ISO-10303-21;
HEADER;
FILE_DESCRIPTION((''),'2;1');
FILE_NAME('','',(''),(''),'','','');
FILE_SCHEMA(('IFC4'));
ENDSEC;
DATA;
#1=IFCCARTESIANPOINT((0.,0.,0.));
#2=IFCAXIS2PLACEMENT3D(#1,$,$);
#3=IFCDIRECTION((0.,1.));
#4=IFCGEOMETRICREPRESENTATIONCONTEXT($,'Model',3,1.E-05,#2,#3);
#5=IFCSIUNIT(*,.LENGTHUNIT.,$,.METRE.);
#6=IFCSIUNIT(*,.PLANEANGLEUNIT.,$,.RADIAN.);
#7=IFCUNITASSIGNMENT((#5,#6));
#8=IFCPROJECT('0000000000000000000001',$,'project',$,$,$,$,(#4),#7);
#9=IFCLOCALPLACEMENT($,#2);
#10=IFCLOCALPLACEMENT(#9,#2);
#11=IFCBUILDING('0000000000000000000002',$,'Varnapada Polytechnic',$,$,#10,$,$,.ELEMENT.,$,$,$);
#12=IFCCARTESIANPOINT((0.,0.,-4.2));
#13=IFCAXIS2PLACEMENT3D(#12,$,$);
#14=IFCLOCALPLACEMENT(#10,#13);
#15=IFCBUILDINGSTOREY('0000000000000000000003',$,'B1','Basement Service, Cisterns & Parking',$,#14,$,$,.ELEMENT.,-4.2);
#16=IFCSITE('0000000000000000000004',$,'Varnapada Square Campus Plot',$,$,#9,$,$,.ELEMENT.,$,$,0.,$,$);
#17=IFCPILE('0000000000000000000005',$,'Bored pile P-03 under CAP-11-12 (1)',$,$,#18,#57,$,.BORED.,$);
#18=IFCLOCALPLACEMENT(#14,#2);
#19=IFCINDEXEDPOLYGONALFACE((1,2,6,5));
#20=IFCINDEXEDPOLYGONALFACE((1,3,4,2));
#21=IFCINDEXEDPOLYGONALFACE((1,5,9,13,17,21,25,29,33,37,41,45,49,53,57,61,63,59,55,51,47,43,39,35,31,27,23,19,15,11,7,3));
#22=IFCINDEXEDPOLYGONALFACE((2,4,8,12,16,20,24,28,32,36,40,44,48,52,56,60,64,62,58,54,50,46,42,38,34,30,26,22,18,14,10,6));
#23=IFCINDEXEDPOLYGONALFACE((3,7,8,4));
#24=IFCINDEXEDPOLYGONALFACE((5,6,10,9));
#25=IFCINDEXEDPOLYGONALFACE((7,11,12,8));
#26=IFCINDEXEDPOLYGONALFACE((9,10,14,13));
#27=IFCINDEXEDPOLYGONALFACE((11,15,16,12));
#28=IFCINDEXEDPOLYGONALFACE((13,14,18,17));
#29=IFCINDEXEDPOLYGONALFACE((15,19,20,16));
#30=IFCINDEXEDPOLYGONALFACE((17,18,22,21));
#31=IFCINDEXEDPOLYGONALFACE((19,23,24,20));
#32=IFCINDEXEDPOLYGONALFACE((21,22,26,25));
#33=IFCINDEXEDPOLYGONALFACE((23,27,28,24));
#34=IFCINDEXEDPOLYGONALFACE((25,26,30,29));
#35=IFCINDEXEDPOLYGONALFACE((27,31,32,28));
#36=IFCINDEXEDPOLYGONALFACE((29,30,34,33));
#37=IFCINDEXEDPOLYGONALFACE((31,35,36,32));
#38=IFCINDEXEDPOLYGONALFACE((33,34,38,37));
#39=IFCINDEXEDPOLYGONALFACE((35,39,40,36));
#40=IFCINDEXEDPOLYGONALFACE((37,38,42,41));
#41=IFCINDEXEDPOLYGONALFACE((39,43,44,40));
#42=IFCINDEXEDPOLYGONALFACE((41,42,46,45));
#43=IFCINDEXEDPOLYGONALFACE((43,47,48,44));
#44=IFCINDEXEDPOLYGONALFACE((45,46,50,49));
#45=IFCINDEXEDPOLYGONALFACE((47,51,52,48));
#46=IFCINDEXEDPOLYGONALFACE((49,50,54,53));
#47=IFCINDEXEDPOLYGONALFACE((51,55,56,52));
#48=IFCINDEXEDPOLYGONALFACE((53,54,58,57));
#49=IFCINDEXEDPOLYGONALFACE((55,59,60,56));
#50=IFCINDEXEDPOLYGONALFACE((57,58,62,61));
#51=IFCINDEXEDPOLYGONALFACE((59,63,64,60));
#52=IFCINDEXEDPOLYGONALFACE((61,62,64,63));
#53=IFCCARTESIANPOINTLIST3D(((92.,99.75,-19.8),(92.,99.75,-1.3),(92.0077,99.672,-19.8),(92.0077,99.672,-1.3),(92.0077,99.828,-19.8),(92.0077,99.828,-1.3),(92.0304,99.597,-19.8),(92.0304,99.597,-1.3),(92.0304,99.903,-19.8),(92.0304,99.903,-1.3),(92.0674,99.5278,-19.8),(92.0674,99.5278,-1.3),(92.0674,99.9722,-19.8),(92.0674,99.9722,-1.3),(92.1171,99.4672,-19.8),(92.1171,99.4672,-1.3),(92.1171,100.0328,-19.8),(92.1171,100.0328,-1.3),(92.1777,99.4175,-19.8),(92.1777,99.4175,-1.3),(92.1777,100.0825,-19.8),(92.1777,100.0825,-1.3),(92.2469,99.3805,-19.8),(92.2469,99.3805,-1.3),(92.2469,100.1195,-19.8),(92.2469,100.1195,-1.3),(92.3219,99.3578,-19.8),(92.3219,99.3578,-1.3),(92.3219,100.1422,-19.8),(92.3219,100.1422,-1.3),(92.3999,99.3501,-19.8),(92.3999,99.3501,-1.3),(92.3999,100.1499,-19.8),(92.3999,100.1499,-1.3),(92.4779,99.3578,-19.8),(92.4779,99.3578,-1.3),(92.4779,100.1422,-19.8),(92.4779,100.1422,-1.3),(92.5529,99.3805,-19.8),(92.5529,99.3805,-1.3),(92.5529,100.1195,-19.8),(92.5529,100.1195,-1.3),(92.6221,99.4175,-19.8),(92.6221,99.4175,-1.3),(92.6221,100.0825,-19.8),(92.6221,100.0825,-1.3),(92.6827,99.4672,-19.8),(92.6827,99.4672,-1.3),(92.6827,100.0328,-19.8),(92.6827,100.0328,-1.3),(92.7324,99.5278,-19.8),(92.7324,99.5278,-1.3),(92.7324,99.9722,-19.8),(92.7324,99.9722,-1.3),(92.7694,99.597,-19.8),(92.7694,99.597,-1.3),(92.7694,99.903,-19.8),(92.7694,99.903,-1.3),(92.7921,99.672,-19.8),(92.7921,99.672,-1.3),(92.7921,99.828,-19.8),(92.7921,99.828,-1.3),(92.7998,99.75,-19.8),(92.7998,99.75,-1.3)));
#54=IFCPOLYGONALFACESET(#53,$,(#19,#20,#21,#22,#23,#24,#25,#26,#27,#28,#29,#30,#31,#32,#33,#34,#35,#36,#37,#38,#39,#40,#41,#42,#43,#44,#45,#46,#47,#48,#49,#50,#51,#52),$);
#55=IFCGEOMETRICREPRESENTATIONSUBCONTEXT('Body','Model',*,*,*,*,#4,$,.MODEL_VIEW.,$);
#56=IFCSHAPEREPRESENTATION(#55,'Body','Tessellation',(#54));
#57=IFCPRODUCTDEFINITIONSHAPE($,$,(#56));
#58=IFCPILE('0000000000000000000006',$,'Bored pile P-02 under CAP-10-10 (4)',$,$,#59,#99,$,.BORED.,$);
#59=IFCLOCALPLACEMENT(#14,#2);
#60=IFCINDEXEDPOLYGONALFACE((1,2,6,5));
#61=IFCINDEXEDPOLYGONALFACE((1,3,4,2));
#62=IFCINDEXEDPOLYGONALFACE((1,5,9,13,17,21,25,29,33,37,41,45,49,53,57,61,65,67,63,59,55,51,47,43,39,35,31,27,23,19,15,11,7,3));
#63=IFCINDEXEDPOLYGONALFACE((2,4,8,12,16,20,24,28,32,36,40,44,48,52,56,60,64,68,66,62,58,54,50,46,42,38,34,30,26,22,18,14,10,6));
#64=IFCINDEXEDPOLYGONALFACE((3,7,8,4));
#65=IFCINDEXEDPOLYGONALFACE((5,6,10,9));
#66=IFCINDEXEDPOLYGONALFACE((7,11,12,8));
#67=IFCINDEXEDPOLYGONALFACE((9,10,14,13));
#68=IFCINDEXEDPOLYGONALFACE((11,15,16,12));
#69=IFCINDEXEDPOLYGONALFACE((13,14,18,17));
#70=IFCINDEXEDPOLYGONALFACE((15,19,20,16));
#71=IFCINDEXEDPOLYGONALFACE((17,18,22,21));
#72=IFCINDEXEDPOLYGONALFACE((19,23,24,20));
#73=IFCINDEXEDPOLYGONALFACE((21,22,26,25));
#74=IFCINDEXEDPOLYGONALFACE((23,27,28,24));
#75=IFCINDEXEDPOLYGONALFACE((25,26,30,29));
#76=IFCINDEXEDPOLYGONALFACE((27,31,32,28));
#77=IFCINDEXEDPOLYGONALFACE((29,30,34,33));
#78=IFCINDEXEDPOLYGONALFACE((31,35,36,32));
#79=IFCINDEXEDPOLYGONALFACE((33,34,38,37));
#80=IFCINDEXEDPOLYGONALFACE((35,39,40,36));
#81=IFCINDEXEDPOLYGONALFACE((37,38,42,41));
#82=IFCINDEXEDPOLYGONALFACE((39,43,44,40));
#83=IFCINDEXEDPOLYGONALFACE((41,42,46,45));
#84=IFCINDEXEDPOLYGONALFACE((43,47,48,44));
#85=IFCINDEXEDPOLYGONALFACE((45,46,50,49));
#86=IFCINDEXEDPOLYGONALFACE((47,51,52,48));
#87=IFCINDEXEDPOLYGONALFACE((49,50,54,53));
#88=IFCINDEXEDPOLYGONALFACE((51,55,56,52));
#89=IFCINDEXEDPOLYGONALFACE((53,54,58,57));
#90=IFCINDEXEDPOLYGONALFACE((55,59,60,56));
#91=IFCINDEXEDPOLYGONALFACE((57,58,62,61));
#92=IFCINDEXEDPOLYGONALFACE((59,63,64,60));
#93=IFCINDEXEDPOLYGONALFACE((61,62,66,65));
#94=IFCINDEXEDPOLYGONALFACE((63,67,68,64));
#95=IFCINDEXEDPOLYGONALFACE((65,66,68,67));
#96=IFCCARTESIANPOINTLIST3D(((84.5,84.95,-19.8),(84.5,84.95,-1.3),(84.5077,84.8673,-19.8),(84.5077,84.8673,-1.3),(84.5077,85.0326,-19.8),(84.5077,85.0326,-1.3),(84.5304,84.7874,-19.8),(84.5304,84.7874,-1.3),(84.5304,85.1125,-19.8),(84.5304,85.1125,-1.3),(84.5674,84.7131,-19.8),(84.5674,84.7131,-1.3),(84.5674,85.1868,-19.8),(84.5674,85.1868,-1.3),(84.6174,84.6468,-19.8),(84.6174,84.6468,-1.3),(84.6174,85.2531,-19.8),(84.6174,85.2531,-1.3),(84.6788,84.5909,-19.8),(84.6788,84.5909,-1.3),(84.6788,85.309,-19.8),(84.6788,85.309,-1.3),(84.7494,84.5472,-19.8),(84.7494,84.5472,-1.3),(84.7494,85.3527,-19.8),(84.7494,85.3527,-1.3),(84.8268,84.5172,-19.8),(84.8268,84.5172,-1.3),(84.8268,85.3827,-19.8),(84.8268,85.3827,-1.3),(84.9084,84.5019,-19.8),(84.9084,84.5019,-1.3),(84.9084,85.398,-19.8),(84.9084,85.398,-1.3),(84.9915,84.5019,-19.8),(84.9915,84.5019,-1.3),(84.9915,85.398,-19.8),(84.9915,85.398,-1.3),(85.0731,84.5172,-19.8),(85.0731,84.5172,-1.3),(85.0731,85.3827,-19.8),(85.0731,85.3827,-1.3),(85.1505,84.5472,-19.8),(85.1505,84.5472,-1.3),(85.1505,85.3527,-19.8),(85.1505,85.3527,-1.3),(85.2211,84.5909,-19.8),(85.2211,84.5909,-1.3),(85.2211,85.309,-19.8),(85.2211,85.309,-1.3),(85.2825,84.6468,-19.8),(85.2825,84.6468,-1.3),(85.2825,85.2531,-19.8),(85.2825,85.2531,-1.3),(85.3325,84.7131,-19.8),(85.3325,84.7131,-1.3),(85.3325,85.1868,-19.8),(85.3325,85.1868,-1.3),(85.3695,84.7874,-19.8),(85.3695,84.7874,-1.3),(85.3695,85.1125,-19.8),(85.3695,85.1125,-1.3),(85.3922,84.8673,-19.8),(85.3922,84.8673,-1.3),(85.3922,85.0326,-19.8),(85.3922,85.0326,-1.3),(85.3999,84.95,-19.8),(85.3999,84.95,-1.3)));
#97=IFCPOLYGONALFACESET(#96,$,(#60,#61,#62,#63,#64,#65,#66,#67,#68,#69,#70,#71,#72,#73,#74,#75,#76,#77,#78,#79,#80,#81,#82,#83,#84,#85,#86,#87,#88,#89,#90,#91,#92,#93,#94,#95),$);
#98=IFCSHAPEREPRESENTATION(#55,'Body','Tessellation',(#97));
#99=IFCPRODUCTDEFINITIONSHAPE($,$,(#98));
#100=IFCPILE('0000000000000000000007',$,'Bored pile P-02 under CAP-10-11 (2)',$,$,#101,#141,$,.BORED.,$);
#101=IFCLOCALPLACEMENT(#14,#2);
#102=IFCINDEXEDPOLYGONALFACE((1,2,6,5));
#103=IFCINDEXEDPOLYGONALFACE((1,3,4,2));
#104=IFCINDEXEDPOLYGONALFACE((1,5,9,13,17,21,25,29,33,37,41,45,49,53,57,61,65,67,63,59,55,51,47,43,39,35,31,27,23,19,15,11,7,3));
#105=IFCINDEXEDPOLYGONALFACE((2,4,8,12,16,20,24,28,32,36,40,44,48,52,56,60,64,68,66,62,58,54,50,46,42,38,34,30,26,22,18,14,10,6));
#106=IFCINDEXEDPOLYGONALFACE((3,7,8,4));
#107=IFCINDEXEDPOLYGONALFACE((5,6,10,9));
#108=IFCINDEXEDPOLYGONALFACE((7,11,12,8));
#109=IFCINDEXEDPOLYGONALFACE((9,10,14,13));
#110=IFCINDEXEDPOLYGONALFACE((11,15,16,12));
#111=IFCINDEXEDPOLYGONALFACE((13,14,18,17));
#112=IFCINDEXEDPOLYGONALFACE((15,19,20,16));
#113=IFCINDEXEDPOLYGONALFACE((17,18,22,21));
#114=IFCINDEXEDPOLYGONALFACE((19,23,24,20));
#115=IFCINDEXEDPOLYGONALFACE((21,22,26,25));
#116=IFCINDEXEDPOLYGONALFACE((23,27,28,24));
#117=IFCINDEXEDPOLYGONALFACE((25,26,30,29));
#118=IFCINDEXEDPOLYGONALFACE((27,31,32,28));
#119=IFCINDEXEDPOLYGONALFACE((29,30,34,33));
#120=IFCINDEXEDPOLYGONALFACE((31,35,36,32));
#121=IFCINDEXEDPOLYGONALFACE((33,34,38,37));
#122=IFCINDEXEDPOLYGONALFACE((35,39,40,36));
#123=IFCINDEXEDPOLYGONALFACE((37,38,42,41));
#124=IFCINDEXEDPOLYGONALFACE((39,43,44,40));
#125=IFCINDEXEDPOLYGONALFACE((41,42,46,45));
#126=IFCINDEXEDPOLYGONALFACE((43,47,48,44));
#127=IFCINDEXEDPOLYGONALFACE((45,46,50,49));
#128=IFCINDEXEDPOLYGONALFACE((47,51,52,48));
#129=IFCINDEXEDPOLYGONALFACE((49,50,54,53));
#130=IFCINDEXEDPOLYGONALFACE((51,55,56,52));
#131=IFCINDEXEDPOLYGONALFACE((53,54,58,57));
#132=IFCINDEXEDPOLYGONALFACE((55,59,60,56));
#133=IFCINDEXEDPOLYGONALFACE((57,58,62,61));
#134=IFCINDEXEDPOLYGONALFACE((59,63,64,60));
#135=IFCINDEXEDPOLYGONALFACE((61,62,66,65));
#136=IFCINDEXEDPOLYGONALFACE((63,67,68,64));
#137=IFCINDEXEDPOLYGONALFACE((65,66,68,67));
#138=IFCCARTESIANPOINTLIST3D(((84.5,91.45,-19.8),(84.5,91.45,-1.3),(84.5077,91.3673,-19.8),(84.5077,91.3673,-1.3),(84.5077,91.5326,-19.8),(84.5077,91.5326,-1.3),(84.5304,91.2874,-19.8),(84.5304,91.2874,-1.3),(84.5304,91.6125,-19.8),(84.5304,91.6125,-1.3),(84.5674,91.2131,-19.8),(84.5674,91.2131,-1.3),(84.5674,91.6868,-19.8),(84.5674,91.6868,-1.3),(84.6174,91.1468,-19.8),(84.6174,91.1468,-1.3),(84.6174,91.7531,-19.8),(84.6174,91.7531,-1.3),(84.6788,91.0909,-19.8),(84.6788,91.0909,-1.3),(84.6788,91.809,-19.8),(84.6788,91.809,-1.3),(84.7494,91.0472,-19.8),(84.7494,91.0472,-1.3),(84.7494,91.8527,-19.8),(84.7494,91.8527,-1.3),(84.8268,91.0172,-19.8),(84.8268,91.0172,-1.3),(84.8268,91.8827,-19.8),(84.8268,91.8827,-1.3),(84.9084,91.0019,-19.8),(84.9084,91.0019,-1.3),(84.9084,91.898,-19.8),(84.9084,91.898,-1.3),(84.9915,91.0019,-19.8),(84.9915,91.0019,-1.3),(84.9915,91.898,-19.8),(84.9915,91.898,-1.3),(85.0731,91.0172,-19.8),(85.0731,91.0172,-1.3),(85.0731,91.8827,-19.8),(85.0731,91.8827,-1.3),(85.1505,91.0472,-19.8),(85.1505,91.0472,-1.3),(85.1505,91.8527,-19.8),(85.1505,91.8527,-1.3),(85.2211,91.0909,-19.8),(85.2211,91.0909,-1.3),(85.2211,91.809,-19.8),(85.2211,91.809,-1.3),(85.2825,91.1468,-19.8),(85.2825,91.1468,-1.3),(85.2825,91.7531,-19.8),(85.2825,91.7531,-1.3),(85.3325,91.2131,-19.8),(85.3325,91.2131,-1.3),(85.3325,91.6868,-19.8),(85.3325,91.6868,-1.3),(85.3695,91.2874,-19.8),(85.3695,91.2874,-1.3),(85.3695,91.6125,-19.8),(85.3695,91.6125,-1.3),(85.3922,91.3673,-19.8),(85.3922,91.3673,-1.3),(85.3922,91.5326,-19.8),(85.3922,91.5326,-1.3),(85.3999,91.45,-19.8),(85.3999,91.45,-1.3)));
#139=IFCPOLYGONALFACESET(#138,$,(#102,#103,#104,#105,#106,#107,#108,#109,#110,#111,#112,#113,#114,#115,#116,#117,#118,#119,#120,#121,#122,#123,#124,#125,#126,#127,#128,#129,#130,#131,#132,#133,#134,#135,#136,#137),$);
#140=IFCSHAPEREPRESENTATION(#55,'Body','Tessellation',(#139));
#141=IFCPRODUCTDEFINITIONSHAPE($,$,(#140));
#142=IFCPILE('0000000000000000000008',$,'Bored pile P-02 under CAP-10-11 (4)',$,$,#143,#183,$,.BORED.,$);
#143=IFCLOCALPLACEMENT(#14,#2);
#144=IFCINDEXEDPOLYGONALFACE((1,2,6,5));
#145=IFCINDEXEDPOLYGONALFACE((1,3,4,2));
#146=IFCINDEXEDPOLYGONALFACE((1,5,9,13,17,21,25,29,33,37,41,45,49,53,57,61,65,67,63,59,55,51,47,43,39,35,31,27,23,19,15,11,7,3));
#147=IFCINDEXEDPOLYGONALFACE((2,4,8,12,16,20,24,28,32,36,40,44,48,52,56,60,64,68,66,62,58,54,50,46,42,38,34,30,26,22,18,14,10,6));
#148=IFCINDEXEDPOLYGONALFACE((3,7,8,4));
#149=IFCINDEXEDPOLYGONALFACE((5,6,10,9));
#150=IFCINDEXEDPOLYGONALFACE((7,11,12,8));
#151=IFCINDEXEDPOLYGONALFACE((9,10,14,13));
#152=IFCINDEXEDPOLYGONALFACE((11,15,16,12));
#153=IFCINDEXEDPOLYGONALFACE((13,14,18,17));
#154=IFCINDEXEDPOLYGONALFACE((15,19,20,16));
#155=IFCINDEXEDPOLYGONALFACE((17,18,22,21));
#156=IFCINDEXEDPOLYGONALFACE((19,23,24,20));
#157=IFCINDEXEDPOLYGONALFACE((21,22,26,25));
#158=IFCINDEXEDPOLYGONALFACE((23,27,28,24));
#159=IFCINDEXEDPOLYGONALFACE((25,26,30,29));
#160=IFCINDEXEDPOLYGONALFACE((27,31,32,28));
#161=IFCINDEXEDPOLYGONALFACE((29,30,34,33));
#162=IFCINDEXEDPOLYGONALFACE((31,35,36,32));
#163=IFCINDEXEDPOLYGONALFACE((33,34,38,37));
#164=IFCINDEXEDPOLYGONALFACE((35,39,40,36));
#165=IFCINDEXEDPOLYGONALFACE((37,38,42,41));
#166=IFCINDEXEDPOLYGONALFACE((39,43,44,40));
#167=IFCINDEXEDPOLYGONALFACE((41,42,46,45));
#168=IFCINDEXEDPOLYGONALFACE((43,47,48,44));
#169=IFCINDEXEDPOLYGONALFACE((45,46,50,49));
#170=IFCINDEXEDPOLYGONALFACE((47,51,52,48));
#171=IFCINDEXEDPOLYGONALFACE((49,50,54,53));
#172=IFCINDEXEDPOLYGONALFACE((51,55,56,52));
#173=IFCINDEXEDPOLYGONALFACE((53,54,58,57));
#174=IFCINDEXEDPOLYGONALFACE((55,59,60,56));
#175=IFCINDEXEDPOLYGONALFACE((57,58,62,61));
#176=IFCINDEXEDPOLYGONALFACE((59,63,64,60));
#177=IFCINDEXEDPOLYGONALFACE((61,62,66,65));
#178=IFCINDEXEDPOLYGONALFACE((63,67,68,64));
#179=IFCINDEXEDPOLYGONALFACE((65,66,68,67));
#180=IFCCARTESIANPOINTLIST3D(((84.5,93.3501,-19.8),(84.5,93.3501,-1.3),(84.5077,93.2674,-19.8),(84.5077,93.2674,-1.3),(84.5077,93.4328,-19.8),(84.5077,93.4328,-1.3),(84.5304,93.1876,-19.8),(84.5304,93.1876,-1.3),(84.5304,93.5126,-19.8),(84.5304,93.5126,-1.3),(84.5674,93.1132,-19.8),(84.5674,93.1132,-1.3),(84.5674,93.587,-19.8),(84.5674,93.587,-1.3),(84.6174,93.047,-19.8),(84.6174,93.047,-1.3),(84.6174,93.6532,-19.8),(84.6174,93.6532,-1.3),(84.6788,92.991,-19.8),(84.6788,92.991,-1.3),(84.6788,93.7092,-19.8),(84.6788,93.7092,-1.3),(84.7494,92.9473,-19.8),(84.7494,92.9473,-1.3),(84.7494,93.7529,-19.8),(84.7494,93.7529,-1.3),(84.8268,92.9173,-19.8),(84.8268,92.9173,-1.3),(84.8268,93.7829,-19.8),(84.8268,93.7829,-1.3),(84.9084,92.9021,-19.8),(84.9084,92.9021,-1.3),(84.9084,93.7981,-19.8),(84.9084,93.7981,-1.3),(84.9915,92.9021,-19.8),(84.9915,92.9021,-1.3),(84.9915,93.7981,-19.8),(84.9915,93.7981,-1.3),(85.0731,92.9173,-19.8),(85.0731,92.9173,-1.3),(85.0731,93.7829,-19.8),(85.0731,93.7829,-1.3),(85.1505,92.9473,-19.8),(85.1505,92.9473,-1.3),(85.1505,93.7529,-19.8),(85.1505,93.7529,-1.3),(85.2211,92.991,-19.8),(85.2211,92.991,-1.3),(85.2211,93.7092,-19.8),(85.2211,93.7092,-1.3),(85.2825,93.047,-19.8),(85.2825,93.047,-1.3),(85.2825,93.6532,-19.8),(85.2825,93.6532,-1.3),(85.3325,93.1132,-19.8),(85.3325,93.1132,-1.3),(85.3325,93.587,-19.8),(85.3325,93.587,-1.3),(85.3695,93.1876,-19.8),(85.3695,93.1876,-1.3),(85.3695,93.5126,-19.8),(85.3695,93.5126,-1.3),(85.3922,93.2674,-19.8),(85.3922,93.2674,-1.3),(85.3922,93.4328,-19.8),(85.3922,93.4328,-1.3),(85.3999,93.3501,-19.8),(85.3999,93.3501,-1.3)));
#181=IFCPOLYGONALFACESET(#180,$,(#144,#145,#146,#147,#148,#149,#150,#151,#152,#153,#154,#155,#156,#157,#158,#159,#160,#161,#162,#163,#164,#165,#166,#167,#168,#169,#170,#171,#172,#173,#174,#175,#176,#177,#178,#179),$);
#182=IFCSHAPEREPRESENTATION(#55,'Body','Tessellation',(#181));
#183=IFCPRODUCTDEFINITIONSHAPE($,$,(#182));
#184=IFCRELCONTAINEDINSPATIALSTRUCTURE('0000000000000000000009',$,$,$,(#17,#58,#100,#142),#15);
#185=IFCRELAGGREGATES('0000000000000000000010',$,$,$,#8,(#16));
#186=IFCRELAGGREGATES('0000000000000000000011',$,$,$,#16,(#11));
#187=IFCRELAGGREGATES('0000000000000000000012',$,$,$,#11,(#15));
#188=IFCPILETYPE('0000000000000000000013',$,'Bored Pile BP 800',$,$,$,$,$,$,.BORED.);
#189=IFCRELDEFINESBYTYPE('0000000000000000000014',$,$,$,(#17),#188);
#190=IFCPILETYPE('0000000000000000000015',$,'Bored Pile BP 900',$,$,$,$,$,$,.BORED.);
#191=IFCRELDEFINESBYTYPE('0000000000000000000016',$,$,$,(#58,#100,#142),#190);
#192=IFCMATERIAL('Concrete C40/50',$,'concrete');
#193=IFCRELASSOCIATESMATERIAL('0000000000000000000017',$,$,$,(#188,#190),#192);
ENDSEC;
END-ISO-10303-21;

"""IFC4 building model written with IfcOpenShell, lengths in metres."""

from ifc_helpers import new_model, si_unit, direction, frame, origin, origin_2d, place, context, subcontext, project, spatial, circle, extrude, material, material_profile, profile_set, type_object, element, save


model = new_model("IFC4")

# Units and contexts
model_context = context("Model", 3, precision=1e-05, world=origin(), true_north=direction((0.0, 1.0)))
body_context = subcontext(model_context, "Body", "Model", "MODEL_VIEW")
ifc_project = project(units=[si_unit("LENGTHUNIT", "METRE"), si_unit("PLANEANGLEUNIT", "RADIAN")], contexts=[model_context])

# Site, building, storey
site_placement = place(None, origin())
site = spatial("IfcSite", under=ifc_project, at=site_placement, Name="Varnapada Square Campus Plot", CompositionType="ELEMENT", RefElevation=0.0)
building_placement = place(site_placement, origin())
building = spatial("IfcBuilding", under=site, at=building_placement, Name="Varnapada Polytechnic", CompositionType="ELEMENT")
storey_placement = place(building_placement, frame((0.0, 0.0, -4.2)))
storey = spatial("IfcBuildingStorey", under=building, at=storey_placement, Name="B1", Description="Basement Service, Cisterns & Parking", CompositionType="ELEMENT", Elevation=-4.2)

# Piles
ifc_material_1 = material(Name="Concrete C40/50", Category="concrete")
ifc_material_profile_1 = material_profile(ifc_material_1, circle(Radius=0.3999, at=origin_2d()), Name="BP 800")
ifc_profile_set_1 = profile_set([ifc_material_profile_1], Name="Concrete C40/50")
pile_type_1 = type_object("IfcPileType", Name="Bored Pile BP 800", PredefinedType="BORED", material=ifc_profile_set_1)
pile_placement = place(storey_placement, frame((92.3999, 99.75, -1.3), z_axis=(0.0, 0.0, -1.0), x_axis=(1.0, 0.0, 0.0)))
element("IfcPile", 1, at=pile_placement, inside=storey, type_object=pile_type_1, Name="Bored pile P-03 under CAP-11-12 (1)", PredefinedType="BORED", context=body_context, shape_type="SweptSolid", body=[
    extrude(circle(Radius=0.3999, at=origin_2d()), origin(), (0.0, 0.0, 1.0), 18.5),
])
ifc_material_profile_2 = material_profile(ifc_material_1, circle(Radius=0.45, at=origin_2d()), Name="BP 900")
ifc_profile_set_2 = profile_set([ifc_material_profile_2], Name="Concrete C40/50")
pile_type_2 = type_object("IfcPileType", Name="Bored Pile BP 900", PredefinedType="BORED", material=ifc_profile_set_2)
for number, where, z_axis, x_axis, name in (
    (2, (84.95, 84.95, -1.3), (0.0, 0.0, -1.0), (1.0, 0.0, 0.0), "Bored pile P-02 under CAP-10-10 (4)"),
    (3, (84.95, 91.45, -1.3), (0.0, 0.0, -1.0), (1.0, 0.0, 0.0), "Bored pile P-02 under CAP-10-11 (2)"),
    (4, (84.95, 93.3501, -1.3), (0.0, 0.0, -1.0), (1.0, 0.0, 0.0), "Bored pile P-02 under CAP-10-11 (4)"),
):
    element("IfcPile", number, at=place(storey_placement, frame(where, z_axis=z_axis, x_axis=x_axis)), inside=storey, type_object=pile_type_2, Name=name, PredefinedType="BORED", context=body_context, shape_type="SweptSolid", body=[
        extrude(circle(Radius=0.45, at=origin_2d()), origin(), (0.0, 0.0, 1.0), 18.5),
    ])

save(model, "model.ifc")
